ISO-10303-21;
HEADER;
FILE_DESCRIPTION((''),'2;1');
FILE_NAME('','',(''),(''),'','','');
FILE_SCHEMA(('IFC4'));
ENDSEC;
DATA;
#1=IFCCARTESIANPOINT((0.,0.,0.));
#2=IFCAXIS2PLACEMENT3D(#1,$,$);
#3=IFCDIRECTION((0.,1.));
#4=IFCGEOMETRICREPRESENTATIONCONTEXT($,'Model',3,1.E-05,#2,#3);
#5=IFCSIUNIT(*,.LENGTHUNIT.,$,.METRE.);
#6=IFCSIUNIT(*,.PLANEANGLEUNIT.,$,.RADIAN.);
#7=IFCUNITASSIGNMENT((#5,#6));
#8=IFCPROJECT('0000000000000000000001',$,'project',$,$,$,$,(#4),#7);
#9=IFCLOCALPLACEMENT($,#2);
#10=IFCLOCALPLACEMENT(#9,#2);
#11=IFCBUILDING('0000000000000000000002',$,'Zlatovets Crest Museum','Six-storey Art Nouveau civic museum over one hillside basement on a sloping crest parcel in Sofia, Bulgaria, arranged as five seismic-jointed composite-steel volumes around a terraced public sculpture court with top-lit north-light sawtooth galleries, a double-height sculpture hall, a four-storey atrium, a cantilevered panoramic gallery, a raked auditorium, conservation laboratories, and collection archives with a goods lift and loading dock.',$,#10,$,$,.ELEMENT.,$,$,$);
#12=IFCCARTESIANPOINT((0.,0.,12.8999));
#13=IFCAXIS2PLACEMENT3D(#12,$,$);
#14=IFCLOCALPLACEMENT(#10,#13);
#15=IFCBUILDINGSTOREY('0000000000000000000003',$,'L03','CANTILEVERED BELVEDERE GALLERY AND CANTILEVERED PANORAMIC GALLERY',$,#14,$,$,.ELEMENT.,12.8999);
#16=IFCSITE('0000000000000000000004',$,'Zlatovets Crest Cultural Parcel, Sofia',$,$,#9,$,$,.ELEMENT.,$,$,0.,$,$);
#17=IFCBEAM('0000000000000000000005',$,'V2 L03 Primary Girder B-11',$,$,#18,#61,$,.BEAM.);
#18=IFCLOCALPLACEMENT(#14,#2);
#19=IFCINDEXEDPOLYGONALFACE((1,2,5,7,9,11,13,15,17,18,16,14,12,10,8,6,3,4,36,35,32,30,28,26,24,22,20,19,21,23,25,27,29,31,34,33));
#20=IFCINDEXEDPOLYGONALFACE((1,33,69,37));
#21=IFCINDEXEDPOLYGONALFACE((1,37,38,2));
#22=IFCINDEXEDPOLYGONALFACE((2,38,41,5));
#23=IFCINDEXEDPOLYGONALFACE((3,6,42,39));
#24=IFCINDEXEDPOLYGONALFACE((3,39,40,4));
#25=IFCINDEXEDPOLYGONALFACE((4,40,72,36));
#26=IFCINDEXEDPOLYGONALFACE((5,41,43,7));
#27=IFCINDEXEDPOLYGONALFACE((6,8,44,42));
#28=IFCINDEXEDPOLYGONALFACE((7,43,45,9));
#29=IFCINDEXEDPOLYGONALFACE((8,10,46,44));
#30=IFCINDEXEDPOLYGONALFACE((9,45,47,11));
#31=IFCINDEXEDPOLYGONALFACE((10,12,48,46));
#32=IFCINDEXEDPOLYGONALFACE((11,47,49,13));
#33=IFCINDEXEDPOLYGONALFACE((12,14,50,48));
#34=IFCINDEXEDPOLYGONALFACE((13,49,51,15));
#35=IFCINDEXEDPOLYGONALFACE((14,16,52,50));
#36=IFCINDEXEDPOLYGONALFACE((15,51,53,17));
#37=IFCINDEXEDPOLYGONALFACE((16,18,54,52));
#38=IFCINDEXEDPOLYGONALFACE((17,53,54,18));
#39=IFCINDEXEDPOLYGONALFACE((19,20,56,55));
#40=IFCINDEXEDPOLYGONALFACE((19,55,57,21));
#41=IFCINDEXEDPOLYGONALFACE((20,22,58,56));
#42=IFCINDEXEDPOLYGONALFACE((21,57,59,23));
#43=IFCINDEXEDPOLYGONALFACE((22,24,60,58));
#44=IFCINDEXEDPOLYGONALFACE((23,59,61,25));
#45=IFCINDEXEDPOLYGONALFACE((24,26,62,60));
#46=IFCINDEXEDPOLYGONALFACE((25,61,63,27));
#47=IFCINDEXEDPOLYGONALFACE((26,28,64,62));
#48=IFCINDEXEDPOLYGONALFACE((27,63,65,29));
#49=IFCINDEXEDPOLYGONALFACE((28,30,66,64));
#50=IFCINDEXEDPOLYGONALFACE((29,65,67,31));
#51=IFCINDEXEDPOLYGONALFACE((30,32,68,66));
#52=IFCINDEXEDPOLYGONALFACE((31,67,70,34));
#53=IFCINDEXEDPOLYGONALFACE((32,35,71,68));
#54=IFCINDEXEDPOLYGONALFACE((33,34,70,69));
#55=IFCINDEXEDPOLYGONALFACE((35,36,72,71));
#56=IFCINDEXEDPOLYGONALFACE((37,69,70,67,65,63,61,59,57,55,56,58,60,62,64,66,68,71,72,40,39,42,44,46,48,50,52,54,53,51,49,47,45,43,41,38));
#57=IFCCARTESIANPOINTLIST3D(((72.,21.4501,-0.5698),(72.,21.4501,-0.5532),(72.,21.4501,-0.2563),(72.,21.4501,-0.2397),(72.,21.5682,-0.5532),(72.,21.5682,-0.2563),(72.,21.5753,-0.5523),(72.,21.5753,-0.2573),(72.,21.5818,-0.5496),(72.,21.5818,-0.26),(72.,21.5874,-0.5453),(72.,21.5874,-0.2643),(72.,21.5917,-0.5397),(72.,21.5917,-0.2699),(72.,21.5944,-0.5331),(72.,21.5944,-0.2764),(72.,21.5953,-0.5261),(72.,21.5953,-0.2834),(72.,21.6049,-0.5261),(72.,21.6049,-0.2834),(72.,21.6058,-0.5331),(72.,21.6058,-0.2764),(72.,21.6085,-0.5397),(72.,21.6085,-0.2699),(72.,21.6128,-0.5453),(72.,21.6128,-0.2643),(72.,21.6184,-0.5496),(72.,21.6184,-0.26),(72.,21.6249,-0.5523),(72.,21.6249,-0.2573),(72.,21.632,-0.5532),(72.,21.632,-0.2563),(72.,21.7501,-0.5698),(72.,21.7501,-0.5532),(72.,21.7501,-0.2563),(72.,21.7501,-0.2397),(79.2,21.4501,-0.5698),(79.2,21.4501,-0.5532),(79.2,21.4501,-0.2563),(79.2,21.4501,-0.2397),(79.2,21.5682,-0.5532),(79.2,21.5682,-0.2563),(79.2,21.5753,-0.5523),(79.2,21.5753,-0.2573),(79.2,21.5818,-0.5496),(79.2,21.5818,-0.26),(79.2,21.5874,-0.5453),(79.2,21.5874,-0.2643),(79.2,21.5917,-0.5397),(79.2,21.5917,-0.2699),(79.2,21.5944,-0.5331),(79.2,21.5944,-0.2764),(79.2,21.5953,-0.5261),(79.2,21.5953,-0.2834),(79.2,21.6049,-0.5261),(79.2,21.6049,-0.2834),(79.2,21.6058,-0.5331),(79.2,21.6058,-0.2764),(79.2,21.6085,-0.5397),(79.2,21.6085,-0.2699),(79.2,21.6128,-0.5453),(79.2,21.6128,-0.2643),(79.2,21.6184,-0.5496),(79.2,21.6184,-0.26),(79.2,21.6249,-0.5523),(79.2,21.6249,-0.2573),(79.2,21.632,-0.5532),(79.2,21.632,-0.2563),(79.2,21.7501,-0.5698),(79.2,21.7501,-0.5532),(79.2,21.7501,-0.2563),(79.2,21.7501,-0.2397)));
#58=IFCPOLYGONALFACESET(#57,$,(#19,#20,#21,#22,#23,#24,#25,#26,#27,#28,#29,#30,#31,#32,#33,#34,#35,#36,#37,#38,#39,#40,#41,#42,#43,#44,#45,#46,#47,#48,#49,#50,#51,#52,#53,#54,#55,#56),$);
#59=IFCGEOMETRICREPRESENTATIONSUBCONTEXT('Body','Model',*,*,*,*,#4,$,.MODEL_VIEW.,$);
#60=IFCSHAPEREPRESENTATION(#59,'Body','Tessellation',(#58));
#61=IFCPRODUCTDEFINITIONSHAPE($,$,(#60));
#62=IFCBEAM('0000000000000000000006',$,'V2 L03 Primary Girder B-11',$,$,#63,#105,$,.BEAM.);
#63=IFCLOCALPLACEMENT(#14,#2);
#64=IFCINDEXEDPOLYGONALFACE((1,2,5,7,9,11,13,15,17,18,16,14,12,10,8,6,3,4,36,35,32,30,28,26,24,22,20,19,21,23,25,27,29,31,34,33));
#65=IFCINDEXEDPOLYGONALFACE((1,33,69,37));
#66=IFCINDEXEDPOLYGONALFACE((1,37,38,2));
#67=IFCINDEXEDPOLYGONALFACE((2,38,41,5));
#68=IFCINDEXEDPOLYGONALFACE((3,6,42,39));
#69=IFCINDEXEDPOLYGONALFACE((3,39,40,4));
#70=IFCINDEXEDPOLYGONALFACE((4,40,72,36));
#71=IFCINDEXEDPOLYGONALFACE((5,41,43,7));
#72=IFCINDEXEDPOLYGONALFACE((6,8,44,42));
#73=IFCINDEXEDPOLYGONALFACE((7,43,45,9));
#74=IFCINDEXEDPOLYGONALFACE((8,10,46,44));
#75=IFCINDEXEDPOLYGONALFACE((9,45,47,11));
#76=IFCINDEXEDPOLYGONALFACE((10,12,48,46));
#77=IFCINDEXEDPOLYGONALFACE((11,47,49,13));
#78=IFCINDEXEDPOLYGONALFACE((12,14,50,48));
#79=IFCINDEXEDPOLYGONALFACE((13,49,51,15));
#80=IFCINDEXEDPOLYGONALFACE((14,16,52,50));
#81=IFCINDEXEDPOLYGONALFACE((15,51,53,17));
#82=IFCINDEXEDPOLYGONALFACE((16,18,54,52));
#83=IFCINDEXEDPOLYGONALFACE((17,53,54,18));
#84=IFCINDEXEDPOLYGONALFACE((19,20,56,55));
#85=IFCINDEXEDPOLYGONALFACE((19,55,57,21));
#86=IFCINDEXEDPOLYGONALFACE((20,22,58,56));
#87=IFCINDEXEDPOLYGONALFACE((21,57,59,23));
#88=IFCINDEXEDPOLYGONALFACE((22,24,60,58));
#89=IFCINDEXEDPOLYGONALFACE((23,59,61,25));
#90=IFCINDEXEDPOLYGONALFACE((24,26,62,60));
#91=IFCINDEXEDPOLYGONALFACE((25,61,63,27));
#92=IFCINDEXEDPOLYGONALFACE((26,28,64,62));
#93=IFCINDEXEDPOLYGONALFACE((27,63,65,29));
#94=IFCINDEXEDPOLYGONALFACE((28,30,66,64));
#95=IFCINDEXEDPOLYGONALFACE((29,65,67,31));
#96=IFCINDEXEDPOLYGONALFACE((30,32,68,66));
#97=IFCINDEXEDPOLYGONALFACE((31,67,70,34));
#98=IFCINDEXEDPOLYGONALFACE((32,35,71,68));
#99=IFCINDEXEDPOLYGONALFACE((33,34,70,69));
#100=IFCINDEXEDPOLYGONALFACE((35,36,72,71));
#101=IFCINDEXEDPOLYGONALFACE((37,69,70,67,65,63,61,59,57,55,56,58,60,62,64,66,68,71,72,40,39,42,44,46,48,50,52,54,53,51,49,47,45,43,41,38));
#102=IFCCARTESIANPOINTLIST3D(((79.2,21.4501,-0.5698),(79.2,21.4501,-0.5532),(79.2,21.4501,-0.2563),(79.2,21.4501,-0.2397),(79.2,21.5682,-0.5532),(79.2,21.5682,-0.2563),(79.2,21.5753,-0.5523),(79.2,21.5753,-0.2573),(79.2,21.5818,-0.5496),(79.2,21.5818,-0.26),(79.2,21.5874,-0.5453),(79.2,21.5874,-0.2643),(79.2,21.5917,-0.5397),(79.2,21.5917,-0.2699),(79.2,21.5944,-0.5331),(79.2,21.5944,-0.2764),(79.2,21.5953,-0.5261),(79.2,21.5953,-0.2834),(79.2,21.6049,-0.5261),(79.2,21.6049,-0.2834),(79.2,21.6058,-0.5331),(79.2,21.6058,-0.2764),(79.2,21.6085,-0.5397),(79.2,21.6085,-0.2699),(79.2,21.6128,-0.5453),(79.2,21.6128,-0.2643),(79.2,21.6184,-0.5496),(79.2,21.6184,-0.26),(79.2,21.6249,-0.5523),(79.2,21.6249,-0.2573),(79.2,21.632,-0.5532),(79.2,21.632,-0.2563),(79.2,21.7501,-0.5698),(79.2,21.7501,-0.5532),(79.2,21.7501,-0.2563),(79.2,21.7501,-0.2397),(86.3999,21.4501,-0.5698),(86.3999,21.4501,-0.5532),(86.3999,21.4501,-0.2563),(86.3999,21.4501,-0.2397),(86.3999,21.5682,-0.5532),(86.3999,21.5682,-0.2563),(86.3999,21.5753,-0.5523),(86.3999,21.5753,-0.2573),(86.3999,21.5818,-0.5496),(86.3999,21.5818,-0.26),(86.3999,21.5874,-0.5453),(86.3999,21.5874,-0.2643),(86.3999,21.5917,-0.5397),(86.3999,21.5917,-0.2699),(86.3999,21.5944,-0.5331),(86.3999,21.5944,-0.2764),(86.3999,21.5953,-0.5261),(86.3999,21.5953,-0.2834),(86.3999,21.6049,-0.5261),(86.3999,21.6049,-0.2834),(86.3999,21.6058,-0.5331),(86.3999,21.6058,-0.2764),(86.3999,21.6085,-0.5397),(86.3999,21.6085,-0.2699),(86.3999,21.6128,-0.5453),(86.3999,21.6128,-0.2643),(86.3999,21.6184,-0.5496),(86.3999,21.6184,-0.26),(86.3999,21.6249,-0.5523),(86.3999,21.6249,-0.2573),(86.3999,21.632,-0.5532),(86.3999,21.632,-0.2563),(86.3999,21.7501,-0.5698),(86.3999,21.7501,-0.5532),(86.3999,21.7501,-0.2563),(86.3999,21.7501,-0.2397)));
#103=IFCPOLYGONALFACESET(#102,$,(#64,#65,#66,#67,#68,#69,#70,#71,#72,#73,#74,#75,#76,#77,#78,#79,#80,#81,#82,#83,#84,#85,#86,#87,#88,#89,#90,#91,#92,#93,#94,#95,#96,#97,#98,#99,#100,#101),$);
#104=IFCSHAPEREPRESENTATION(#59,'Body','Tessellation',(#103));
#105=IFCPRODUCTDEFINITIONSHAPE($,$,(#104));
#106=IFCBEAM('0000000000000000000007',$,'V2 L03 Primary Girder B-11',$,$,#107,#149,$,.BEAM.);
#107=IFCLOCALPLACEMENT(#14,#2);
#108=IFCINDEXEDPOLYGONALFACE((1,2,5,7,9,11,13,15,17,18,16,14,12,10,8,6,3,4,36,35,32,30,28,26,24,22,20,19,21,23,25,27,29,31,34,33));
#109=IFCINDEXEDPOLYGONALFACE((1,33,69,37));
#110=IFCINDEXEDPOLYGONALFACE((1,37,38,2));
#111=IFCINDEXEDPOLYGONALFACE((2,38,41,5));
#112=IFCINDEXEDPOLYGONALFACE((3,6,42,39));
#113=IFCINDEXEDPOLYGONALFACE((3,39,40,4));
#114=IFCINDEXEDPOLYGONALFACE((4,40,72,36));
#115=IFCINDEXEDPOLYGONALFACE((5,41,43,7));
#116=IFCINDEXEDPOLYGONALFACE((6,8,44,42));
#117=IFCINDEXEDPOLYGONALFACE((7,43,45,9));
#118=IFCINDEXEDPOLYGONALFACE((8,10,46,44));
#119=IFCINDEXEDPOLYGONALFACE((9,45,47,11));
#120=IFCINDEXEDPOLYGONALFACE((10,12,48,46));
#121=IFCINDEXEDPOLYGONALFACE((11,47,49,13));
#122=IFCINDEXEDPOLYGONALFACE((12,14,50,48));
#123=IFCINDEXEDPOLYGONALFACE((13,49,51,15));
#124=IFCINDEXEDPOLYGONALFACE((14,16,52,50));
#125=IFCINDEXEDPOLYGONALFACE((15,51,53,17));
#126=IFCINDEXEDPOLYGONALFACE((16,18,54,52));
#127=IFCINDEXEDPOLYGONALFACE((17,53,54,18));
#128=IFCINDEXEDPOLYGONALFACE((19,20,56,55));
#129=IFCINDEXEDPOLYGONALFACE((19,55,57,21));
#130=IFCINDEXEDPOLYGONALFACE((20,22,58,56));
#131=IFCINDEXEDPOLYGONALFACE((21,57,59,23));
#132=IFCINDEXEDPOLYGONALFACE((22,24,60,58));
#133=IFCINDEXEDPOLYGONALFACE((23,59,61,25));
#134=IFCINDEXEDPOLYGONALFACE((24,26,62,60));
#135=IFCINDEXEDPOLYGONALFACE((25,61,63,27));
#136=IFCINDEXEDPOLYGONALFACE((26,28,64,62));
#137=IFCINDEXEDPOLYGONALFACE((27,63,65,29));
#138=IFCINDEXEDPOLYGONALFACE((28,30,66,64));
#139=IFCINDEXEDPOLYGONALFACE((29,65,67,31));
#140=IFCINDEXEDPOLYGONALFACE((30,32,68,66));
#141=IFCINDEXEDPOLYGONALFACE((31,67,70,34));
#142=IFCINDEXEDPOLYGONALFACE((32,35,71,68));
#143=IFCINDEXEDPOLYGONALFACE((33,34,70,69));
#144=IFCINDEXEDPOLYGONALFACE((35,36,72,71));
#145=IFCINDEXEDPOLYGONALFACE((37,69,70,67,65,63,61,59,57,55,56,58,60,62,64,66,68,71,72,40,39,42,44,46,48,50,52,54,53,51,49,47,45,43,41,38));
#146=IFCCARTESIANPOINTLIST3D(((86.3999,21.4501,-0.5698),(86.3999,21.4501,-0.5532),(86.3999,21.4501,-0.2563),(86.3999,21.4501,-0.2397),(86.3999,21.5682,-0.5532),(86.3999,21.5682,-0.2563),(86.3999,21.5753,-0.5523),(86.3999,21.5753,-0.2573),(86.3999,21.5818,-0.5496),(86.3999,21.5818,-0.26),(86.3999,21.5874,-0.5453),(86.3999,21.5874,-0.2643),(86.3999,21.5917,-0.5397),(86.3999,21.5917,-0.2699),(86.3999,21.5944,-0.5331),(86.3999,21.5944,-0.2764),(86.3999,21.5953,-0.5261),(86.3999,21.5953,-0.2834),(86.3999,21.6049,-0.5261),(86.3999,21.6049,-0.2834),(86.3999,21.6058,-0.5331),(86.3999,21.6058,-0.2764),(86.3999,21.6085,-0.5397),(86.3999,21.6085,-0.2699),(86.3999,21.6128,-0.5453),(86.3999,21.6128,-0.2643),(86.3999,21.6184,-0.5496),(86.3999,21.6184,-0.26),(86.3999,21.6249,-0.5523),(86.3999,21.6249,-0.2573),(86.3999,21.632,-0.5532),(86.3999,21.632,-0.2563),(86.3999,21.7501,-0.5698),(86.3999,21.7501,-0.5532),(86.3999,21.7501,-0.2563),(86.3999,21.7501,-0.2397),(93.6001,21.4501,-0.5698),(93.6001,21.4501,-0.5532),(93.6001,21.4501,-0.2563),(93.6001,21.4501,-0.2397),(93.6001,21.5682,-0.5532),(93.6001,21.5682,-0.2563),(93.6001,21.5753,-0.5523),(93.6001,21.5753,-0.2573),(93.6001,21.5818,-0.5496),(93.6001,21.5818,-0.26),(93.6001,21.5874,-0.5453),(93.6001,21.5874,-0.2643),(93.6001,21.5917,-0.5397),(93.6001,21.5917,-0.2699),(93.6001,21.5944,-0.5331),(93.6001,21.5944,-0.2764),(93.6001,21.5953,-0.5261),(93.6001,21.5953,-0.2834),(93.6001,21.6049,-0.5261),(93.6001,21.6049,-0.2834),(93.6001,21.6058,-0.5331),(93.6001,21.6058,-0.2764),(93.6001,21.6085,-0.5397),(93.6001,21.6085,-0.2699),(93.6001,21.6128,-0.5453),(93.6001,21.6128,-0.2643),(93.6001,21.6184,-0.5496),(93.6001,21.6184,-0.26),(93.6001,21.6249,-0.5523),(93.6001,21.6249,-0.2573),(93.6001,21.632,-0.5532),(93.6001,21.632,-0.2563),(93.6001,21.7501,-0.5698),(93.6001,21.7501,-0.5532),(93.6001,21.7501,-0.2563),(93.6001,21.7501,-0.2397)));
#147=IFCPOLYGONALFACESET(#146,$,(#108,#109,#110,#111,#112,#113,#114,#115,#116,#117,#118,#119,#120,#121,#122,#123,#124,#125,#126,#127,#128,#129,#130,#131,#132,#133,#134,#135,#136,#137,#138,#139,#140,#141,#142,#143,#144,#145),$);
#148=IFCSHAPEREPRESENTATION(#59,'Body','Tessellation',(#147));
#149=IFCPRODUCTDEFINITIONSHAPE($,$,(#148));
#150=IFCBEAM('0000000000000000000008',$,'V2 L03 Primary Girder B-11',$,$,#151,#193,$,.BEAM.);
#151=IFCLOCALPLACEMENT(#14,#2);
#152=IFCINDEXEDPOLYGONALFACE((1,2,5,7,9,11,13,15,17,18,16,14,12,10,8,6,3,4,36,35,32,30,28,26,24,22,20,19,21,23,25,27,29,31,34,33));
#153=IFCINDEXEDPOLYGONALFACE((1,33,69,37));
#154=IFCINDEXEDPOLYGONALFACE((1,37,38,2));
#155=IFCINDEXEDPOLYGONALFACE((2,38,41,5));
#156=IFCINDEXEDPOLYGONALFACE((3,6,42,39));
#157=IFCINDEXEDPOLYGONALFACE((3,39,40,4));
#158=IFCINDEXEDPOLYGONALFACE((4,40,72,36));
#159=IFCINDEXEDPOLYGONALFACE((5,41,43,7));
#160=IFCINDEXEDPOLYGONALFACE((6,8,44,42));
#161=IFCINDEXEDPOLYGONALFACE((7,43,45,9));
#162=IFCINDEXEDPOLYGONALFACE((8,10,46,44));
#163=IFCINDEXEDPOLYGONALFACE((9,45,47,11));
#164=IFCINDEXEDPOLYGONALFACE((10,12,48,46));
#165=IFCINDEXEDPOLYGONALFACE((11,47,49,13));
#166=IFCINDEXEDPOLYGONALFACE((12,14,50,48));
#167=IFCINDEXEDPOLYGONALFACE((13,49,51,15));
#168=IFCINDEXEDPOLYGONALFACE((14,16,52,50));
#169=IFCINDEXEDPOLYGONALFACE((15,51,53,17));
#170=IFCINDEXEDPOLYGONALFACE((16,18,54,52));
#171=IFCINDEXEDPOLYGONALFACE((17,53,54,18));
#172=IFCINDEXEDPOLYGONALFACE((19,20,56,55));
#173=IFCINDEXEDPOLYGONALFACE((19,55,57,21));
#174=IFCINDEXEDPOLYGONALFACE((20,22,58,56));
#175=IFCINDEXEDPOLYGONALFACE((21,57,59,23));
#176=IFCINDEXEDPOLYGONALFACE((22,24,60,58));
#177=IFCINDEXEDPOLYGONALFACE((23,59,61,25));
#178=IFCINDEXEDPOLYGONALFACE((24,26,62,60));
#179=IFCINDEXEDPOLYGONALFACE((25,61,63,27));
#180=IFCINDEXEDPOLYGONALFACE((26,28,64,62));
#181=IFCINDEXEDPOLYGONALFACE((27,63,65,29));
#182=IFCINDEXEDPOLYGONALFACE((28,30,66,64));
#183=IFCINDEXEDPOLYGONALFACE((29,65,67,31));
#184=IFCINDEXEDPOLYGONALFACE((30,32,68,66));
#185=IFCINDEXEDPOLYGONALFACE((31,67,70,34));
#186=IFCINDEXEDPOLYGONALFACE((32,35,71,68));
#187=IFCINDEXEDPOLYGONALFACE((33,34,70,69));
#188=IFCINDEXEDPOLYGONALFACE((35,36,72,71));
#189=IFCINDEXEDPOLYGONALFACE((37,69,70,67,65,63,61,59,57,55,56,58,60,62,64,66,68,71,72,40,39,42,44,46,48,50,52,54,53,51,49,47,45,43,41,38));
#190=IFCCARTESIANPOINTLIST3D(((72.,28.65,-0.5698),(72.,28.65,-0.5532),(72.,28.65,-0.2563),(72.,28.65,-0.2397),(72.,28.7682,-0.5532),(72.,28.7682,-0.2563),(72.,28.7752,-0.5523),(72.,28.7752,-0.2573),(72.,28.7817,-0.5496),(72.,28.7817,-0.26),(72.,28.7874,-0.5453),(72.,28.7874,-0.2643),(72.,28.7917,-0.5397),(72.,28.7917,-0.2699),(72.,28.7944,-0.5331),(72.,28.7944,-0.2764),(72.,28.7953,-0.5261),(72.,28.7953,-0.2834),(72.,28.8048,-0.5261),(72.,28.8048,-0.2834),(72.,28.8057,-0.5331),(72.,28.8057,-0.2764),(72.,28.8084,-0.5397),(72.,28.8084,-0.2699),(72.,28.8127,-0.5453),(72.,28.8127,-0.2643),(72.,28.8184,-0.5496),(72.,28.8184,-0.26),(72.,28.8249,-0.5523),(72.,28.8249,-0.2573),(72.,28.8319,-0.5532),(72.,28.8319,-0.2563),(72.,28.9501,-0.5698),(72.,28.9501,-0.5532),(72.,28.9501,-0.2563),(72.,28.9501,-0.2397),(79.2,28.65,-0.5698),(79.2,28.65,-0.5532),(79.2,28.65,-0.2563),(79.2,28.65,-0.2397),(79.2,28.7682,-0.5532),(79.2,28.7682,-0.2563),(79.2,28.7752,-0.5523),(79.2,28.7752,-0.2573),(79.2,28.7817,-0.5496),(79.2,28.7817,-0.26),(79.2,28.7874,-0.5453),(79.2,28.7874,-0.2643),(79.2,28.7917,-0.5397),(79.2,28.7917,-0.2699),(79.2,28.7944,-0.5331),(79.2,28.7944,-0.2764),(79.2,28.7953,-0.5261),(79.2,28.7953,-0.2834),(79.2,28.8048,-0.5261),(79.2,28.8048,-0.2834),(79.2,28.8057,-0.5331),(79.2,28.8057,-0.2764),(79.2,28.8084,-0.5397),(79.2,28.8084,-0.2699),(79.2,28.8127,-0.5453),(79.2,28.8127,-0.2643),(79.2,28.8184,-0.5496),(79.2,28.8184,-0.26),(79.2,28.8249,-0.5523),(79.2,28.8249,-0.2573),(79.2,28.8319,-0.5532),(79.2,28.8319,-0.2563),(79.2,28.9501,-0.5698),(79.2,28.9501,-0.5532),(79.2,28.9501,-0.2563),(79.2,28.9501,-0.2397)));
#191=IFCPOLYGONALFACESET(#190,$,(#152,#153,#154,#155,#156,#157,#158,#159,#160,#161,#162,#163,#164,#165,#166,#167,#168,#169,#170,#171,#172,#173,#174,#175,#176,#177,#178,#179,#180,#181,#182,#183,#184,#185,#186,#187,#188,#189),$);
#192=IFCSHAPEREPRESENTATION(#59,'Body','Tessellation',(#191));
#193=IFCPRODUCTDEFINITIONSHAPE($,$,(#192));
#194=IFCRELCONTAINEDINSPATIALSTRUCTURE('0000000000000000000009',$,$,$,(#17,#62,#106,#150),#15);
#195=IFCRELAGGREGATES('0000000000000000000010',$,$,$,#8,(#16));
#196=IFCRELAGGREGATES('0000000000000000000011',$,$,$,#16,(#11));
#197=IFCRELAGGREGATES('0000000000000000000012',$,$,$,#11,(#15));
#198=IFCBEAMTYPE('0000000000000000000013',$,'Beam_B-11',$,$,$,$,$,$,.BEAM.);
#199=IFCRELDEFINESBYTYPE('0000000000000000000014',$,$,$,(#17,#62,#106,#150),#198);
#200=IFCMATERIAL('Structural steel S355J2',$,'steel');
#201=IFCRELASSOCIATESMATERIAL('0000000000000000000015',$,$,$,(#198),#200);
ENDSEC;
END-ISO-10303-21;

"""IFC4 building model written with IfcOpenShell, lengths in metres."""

from ifc_helpers import new_model, si_unit, direction, frame, origin, origin_2d, place, context, subcontext, project, spatial, i_section, extrude, material, material_profile, profile_set, type_object, element, save


model = new_model("IFC4")

# Units and contexts
model_context = context("Model", 3, precision=1e-05, world=origin(), true_north=direction((0.0, 1.0)))
body_context = subcontext(model_context, "Body", "Model", "MODEL_VIEW")
ifc_project = project(units=[si_unit("LENGTHUNIT", "METRE"), si_unit("PLANEANGLEUNIT", "RADIAN")], contexts=[model_context])

# Site, building, storey
site_placement = place(None, origin())
site = spatial("IfcSite", under=ifc_project, at=site_placement, Name="Zlatovets Crest Cultural Parcel, Sofia", CompositionType="ELEMENT", RefElevation=0.0)
building_placement = place(site_placement, origin())
building = spatial("IfcBuilding", under=site, at=building_placement, Name="Zlatovets Crest Museum", Description="Six-storey Art Nouveau civic museum over one hillside basement on a sloping crest parcel in Sofia, Bulgaria, arranged as five seismic-jointed composite-steel volumes around a terraced public sculpture court with top-lit north-light sawtooth galleries, a double-height sculpture hall, a four-storey atrium, a cantilevered panoramic gallery, a raked auditorium, conservation laboratories, and collection archives with a goods lift and loading dock.", CompositionType="ELEMENT")
storey_placement = place(building_placement, frame((0.0, 0.0, 12.8999)))
storey = spatial("IfcBuildingStorey", under=building, at=storey_placement, Name="L03", Description="CANTILEVERED BELVEDERE GALLERY AND CANTILEVERED PANORAMIC GALLERY", CompositionType="ELEMENT", Elevation=12.8999)

# Shared definitions
ifc_material_1 = material(Name="Structural steel S355J2", Category="steel")

# Beams
ifc_material_profile_1 = material_profile(ifc_material_1, i_section(OverallWidth=0.3, OverallDepth=0.3301, WebThickness=0.0095, FlangeThickness=0.0166, FilletRadius=0.0271, at=origin_2d()), Name="HEA 340")
ifc_profile_set_1 = profile_set([ifc_material_profile_1], Name="Structural steel S355J2")
beam_type_1 = type_object("IfcBeamType", Name="Beam_B-11", PredefinedType="BEAM", material=ifc_profile_set_1)
for number, where, z_axis, x_axis, name in (
    (1, (72.0, 21.6001, -0.4048), (1.0, 0.0, 0.0), (0.0, 1.0, 0.0), "V2 L03 Primary Girder B-11"),
    (2, (79.2, 21.6001, -0.4048), (1.0, 0.0, 0.0), (0.0, 1.0, 0.0), "V2 L03 Primary Girder B-11"),
):
    element("IfcBeam", number, at=place(storey_placement, frame(where, z_axis=z_axis, x_axis=x_axis)), inside=storey, type_object=beam_type_1, Name=name, PredefinedType="BEAM", context=body_context, shape_type="SweptSolid", body=[
        extrude(i_section(OverallWidth=0.3, OverallDepth=0.3301, WebThickness=0.0095, FlangeThickness=0.0166, FilletRadius=0.0271, at=origin_2d()), origin(), (0.0, 0.0, 1.0), 7.2),
    ])
beam_1_placement = place(storey_placement, frame((86.3999, 21.6001, -0.4048), z_axis=(1.0, 0.0, 0.0), x_axis=(0.0, 1.0, 0.0)))
element("IfcBeam", 3, at=beam_1_placement, inside=storey, type_object=beam_type_1, Name="V2 L03 Primary Girder B-11", PredefinedType="BEAM", context=body_context, shape_type="SweptSolid", body=[
    extrude(i_section(OverallWidth=0.3, OverallDepth=0.3301, WebThickness=0.0095, FlangeThickness=0.0166, FilletRadius=0.0271, at=origin_2d()), origin(), (0.0, 0.0, 1.0), 7.2002),
])
for number, where, z_axis, x_axis, name in (
    (4, (72.0, 28.8, -0.4048), (1.0, 0.0, 0.0), (0.0, 1.0, 0.0), "V2 L03 Primary Girder B-11"),
):
    element("IfcBeam", number, at=place(storey_placement, frame(where, z_axis=z_axis, x_axis=x_axis)), inside=storey, type_object=beam_type_1, Name=name, PredefinedType="BEAM", context=body_context, shape_type="SweptSolid", body=[
        extrude(i_section(OverallWidth=0.3, OverallDepth=0.3301, WebThickness=0.0095, FlangeThickness=0.0166, FilletRadius=0.0271, at=origin_2d()), origin(), (0.0, 0.0, 1.0), 7.2),
    ])

save(model, "model.ifc")
